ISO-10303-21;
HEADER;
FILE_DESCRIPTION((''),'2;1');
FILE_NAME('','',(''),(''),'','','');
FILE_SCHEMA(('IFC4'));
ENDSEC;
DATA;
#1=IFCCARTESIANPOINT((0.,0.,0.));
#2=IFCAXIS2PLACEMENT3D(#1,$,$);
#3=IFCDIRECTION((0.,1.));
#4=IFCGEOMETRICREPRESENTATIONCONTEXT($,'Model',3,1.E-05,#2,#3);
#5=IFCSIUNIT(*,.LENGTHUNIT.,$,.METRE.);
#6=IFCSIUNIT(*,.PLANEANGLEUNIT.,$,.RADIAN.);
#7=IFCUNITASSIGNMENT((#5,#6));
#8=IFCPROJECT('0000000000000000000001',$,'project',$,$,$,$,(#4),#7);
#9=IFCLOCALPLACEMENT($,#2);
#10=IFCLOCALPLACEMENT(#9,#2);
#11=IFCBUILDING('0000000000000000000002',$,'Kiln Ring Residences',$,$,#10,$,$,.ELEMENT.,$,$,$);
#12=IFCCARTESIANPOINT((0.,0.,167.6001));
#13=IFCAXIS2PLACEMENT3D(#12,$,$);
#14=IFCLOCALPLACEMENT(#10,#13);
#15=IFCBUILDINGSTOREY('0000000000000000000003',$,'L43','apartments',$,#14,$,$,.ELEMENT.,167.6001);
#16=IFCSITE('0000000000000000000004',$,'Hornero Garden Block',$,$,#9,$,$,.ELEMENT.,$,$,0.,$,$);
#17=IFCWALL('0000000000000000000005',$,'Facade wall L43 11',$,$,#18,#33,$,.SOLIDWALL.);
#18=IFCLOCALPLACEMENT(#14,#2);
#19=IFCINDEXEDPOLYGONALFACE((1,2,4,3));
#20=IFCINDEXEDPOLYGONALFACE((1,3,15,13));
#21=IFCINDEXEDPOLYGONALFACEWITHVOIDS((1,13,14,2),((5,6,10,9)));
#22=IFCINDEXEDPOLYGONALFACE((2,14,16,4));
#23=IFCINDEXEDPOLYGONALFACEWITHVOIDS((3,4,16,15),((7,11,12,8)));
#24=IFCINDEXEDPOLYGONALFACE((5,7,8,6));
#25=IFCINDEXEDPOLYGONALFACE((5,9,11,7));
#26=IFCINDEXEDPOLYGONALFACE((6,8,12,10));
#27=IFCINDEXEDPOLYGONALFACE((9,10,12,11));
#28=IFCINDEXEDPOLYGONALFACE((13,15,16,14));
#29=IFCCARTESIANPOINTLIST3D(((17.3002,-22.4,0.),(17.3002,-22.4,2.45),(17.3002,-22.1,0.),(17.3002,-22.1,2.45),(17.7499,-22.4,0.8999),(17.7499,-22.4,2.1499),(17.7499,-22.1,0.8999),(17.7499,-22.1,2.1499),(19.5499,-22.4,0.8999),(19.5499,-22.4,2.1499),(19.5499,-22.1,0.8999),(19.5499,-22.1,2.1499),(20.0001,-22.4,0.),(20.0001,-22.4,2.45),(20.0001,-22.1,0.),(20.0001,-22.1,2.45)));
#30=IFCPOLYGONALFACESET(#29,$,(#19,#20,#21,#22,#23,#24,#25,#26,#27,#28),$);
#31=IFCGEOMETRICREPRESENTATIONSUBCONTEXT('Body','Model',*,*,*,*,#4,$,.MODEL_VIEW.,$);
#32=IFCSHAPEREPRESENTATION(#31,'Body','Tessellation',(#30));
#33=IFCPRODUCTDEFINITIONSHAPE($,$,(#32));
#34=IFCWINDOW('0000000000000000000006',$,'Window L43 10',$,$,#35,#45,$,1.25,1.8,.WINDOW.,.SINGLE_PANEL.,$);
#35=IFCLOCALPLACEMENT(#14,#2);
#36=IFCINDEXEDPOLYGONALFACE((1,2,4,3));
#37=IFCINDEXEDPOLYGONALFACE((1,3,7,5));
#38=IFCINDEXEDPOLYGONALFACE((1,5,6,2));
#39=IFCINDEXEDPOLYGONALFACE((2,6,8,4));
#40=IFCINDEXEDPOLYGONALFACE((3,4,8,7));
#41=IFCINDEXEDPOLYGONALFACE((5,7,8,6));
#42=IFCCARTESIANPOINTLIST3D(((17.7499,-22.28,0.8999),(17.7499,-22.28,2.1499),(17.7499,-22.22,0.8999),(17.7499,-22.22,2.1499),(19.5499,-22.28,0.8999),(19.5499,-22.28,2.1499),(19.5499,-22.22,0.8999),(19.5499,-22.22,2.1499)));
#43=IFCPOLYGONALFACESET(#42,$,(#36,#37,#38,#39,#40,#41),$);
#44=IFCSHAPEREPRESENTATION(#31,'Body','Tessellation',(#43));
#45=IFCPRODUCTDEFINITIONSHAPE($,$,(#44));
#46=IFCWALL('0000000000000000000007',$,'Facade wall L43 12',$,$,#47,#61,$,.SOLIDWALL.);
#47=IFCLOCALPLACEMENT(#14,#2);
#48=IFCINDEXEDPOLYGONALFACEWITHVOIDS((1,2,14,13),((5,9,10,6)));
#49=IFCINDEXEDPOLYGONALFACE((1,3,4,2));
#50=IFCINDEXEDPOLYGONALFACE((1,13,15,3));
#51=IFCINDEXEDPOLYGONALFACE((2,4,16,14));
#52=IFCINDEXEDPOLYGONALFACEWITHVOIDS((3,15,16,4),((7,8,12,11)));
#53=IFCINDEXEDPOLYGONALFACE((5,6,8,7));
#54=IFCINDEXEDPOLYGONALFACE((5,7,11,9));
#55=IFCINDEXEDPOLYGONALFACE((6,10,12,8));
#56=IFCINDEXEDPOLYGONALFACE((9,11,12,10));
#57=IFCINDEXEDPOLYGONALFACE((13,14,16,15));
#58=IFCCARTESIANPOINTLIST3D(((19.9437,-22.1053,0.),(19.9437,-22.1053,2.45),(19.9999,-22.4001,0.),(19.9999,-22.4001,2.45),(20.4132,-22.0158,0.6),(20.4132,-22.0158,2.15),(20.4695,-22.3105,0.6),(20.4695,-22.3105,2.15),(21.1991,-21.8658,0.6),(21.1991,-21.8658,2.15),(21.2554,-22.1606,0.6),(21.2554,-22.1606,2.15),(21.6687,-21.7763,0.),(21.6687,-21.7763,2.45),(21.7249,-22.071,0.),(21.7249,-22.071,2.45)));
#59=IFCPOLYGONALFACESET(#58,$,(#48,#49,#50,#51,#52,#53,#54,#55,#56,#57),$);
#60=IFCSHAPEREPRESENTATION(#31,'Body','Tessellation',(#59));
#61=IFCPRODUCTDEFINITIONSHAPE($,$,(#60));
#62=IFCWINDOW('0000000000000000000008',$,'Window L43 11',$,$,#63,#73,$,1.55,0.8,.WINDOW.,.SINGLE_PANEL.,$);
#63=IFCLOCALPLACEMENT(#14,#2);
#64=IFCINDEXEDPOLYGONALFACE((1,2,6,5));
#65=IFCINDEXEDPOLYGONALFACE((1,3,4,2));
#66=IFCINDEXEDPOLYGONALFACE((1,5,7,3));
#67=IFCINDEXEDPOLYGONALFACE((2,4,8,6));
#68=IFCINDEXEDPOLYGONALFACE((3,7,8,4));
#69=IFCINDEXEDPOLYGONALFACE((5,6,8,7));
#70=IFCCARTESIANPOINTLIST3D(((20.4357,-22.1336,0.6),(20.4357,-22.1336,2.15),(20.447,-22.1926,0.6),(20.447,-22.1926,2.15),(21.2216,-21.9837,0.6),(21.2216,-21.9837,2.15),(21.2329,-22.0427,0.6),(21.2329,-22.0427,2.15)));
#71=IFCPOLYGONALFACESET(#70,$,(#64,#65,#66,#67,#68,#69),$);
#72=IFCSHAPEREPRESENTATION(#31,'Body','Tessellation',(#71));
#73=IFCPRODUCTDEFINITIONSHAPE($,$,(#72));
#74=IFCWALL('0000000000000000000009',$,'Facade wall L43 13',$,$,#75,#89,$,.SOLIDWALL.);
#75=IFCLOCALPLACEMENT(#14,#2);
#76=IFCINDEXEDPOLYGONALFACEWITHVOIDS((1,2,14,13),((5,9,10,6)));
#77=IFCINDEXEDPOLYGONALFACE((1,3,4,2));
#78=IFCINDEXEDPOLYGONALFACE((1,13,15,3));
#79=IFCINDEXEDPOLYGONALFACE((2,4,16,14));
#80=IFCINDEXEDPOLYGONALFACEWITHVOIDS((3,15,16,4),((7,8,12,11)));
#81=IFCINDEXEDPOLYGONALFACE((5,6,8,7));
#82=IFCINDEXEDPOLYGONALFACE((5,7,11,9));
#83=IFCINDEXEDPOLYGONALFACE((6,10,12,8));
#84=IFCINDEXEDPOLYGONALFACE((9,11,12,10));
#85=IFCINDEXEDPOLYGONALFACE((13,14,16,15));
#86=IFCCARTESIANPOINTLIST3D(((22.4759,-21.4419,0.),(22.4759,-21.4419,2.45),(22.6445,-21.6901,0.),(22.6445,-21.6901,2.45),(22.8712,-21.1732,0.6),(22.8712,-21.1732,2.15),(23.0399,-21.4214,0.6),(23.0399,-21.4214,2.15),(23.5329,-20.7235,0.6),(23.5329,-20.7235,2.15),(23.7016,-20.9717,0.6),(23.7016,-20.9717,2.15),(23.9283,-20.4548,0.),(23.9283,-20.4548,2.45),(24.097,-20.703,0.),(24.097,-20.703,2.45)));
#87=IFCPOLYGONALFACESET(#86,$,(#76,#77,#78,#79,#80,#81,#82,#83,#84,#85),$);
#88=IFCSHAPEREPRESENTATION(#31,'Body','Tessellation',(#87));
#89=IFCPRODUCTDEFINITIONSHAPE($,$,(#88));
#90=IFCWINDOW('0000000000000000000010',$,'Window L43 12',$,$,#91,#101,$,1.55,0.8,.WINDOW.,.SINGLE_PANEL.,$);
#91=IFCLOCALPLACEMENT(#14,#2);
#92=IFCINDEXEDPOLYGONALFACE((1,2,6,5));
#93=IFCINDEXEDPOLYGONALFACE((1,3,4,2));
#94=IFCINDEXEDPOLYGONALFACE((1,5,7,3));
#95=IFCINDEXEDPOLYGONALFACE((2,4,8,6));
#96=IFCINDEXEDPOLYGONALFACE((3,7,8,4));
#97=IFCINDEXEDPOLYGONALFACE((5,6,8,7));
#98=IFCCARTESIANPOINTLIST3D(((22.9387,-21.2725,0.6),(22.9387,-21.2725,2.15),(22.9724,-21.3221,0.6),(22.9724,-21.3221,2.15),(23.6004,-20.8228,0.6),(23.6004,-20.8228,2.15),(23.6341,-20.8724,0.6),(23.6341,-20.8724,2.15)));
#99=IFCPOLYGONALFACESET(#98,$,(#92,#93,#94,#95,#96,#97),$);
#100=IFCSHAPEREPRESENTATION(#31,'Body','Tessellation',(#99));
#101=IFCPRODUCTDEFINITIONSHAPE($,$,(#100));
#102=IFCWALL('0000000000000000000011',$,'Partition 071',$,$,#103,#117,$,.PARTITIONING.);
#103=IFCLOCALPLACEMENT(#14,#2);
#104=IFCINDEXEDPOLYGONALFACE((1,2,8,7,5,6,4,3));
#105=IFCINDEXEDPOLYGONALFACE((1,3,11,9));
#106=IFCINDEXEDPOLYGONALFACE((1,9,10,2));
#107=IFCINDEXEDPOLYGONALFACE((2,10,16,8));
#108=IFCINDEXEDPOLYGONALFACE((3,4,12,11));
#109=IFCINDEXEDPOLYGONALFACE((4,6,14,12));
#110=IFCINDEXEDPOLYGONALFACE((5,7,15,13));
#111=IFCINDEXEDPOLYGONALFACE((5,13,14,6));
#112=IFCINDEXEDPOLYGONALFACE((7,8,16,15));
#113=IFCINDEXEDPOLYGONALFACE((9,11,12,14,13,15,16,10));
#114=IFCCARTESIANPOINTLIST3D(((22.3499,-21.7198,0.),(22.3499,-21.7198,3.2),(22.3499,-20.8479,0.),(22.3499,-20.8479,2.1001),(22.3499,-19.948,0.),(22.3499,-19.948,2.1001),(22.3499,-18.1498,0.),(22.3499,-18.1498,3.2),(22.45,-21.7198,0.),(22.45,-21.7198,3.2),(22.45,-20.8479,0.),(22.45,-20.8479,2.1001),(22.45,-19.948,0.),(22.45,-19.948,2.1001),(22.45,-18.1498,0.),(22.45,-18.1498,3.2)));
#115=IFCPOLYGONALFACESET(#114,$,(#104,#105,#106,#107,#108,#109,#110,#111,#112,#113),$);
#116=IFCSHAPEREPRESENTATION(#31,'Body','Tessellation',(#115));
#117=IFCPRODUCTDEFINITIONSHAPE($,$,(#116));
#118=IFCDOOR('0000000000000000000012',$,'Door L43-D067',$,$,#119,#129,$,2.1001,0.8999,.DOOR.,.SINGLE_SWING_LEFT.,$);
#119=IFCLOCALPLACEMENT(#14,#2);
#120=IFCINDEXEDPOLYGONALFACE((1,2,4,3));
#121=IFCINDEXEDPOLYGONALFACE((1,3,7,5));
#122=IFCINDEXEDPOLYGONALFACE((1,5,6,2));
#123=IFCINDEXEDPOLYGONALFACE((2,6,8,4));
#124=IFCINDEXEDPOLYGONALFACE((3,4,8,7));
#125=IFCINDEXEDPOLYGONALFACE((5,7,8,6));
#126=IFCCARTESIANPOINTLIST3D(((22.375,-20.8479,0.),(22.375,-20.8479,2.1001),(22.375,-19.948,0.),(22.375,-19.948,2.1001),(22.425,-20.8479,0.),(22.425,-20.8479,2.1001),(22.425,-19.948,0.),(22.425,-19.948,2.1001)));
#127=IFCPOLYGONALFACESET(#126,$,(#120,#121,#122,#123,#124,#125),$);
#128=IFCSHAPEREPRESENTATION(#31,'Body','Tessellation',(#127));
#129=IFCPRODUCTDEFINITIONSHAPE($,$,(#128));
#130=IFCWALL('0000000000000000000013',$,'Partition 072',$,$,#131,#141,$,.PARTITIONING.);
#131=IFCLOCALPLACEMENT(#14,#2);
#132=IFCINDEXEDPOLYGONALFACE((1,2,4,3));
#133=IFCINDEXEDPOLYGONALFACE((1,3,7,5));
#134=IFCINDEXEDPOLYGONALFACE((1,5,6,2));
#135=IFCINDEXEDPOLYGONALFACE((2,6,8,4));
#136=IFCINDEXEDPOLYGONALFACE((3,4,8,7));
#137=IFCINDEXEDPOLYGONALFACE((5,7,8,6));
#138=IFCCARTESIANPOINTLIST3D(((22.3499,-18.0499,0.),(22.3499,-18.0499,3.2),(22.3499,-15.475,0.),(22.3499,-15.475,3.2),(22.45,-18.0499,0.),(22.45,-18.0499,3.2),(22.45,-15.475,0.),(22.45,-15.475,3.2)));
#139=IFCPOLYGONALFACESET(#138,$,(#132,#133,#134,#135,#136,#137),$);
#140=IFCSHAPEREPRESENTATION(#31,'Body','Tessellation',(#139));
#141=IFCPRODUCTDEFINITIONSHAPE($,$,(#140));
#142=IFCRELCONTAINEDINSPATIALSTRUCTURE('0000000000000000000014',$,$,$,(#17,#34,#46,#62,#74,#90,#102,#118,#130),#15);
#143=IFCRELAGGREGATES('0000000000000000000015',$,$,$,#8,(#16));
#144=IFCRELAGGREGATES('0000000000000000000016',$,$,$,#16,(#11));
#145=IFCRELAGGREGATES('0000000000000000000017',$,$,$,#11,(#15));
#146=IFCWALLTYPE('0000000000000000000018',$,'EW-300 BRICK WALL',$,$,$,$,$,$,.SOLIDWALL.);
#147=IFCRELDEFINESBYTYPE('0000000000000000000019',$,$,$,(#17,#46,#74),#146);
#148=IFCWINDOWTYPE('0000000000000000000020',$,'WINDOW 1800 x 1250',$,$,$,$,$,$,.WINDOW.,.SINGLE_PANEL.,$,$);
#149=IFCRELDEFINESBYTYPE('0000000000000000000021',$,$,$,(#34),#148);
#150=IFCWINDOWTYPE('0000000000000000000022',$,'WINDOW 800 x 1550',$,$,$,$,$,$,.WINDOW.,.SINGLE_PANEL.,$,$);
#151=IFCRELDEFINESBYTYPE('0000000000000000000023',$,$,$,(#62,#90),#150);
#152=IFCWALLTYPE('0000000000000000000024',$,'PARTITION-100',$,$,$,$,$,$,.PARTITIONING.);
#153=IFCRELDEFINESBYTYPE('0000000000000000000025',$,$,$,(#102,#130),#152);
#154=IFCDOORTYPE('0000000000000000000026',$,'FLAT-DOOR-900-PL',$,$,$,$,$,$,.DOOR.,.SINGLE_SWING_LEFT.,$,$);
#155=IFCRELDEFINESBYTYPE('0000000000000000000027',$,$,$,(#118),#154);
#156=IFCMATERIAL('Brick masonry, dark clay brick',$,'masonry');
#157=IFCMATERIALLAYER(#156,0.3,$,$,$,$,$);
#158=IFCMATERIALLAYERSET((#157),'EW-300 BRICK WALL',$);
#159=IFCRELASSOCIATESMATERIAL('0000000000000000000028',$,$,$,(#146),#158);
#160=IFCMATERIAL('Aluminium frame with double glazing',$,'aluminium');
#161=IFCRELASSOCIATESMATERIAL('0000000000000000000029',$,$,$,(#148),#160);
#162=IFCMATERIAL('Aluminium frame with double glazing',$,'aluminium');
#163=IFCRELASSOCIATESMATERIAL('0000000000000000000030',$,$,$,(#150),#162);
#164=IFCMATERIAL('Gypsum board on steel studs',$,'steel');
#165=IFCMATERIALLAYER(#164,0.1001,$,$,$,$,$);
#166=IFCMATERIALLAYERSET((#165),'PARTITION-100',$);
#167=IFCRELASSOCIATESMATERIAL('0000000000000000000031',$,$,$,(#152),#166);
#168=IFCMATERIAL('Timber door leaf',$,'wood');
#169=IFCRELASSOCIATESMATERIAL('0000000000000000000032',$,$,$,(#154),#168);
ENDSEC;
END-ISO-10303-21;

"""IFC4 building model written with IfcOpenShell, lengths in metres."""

from ifc_helpers import new_model, si_unit, direction, frame, frame_2d, origin, place, context, subcontext, project, spatial, rectangle, extrude, material, layer, layer_set, type_object, element, fill, save


model = new_model("IFC4")

# Units and contexts
model_context = context("Model", 3, precision=1e-05, world=origin(), true_north=direction((0.0, 1.0)))
body_context = subcontext(model_context, "Body", "Model", "MODEL_VIEW")
ifc_project = project(units=[si_unit("LENGTHUNIT", "METRE"), si_unit("PLANEANGLEUNIT", "RADIAN")], contexts=[model_context])

# Site, building, storey
site_placement = place(None, origin())
site = spatial("IfcSite", under=ifc_project, at=site_placement, Name="Hornero Garden Block", CompositionType="ELEMENT", RefElevation=0.0)
building_placement = place(site_placement, origin())
building = spatial("IfcBuilding", under=site, at=building_placement, Name="Kiln Ring Residences", CompositionType="ELEMENT")
storey_placement = place(building_placement, frame((0.0, 0.0, 167.6001)))
storey = spatial("IfcBuildingStorey", under=building, at=storey_placement, Name="L43", Description="apartments", CompositionType="ELEMENT", Elevation=167.6001)

# Walls, openings, windows
ifc_material_1 = material(Name="Brick masonry, dark clay brick", Category="masonry")
ifc_layer_1 = layer(ifc_material_1, 0.3)
ifc_layer_set_1 = layer_set([ifc_layer_1], Name="EW-300 BRICK WALL")
wall_type_1 = type_object("IfcWallType", Name="EW-300 BRICK WALL", PredefinedType="SOLIDWALL", material=ifc_layer_set_1)
wall_1_placement = place(storey_placement, frame((17.3, -22.25, 0.0), z_axis=(0.0, 0.0, 1.0), x_axis=(1.0, 0.0, 0.0)))
wall_1 = element("IfcWall", 1, at=wall_1_placement, inside=storey, type_object=wall_type_1, Name="Facade wall L43 11", PredefinedType="SOLIDWALL", context=body_context, shape_type="SweptSolid", body=[
    extrude(rectangle(XDim=2.7, YDim=0.3, at=frame_2d((1.3501, 0.0))), origin(), (0.0, 0.0, 1.0), 2.45),
])
opening_1_placement = place(wall_1_placement, frame((0.45, 0.0, 0.8999)))
opening_1 = element("IfcOpeningElement", 2, at=opening_1_placement, cuts=wall_1, PredefinedType="OPENING", context=body_context, shape_type="SweptSolid", body=[
    extrude(rectangle(XDim=1.8, YDim=1.25, at=frame_2d((0.8999, 0.625))), frame((0.0, 0.1599, 0.0), z_axis=(0.0, -1.0, 0.0), x_axis=(1.0, 0.0, 0.0)), (0.0, 0.0, 1.0), 0.3201),
])
ifc_material_2 = material(Name="Aluminium frame with double glazing", Category="aluminium")
window_type_1 = type_object("IfcWindowType", Name="WINDOW 1800 x 1250", PartitioningType="SINGLE_PANEL", PredefinedType="WINDOW", material=ifc_material_2)
window_1_placement = place(opening_1_placement, origin())
window_1 = element("IfcWindow", 3, at=window_1_placement, inside=storey, type_object=window_type_1, Name="Window L43 10", OverallHeight=1.25, OverallWidth=1.8, PartitioningType="SINGLE_PANEL", PredefinedType="WINDOW", context=body_context, shape_type="SweptSolid", body=[
    extrude(rectangle(XDim=1.8, YDim=1.25, at=frame_2d((0.8999, 0.625))), frame((0.0, 0.03, 0.0), z_axis=(0.0, -1.0, 0.0), x_axis=(1.0, 0.0, 0.0)), (0.0, 0.0, 1.0), 0.0601),
])
fill(opening_1, window_1)
wall_2_placement = place(storey_placement, frame((19.9719, -22.2527, 0.0), z_axis=(0.0, 0.0, 1.0), x_axis=(0.982285, 0.187393, 0.0)))
wall_2 = element("IfcWall", 4, at=wall_2_placement, inside=storey, type_object=wall_type_1, Name="Facade wall L43 12", PredefinedType="SOLIDWALL", context=body_context, shape_type="SweptSolid", body=[
    extrude(rectangle(XDim=1.7561, YDim=0.3, at=frame_2d((0.8779, 0.0))), origin(), (0.0, 0.0, 1.0), 2.45),
])
opening_2_placement = place(wall_2_placement, frame((0.478, 0.0, 0.6001)))
opening_2 = element("IfcOpeningElement", 5, at=opening_2_placement, cuts=wall_2, PredefinedType="OPENING", context=body_context, shape_type="SweptSolid", body=[
    extrude(rectangle(XDim=0.8, YDim=1.55, at=frame_2d((0.3999, 0.7749))), frame((0.0, 0.1599, 0.0), z_axis=(0.0, -1.0, 0.0), x_axis=(1.0, 0.0, 0.0)), (0.0, 0.0, 1.0), 0.3201),
])
ifc_material_3 = material(Name="Aluminium frame with double glazing", Category="aluminium")
window_type_2 = type_object("IfcWindowType", Name="WINDOW 800 x 1550", PartitioningType="SINGLE_PANEL", PredefinedType="WINDOW", material=ifc_material_3)
window_2_placement = place(opening_2_placement, origin())
window_2 = element("IfcWindow", 6, at=window_2_placement, inside=storey, type_object=window_type_2, Name="Window L43 11", OverallHeight=1.55, OverallWidth=0.8, PartitioningType="SINGLE_PANEL", PredefinedType="WINDOW", context=body_context, shape_type="SweptSolid", body=[
    extrude(rectangle(XDim=0.8, YDim=1.55, at=frame_2d((0.3999, 0.7749))), frame((0.0, 0.03, 0.0), z_axis=(0.0, -1.0, 0.0), x_axis=(1.0, 0.0, 0.0)), (0.0, 0.0, 1.0), 0.0601),
])
fill(opening_2, window_2)
wall_3_placement = place(storey_placement, frame((22.5603, -21.5659, 0.0), z_axis=(0.0, 0.0, 1.0), x_axis=(0.827076, 0.562089, 0.0)))
wall_3 = element("IfcWall", 7, at=wall_3_placement, inside=storey, type_object=wall_type_1, Name="Facade wall L43 13", PredefinedType="SOLIDWALL", context=body_context, shape_type="SweptSolid", body=[
    extrude(rectangle(XDim=1.7561, YDim=0.3, at=frame_2d((0.8779, 0.0))), origin(), (0.0, 0.0, 1.0), 2.45),
])
opening_3_placement = place(wall_3_placement, frame((0.478, 0.0, 0.6001)))
opening_3 = element("IfcOpeningElement", 8, at=opening_3_placement, cuts=wall_3, PredefinedType="OPENING", context=body_context, shape_type="SweptSolid", body=[
    extrude(rectangle(XDim=0.8, YDim=1.55, at=frame_2d((0.3999, 0.7749))), frame((0.0, 0.1599, 0.0), z_axis=(0.0, -1.0, 0.0), x_axis=(1.0, 0.0, 0.0)), (0.0, 0.0, 1.0), 0.3201),
])
window_3_placement = place(opening_3_placement, origin())
window_3 = element("IfcWindow", 9, at=window_3_placement, inside=storey, type_object=window_type_2, Name="Window L43 12", OverallHeight=1.55, OverallWidth=0.8, PartitioningType="SINGLE_PANEL", PredefinedType="WINDOW", context=body_context, shape_type="SweptSolid", body=[
    extrude(rectangle(XDim=0.8, YDim=1.55, at=frame_2d((0.3999, 0.7749))), frame((0.0, 0.03, 0.0), z_axis=(0.0, -1.0, 0.0), x_axis=(1.0, 0.0, 0.0)), (0.0, 0.0, 1.0), 0.0601),
])
fill(opening_3, window_3)

# Wall, opening, door
ifc_material_4 = material(Name="Gypsum board on steel studs", Category="steel")
ifc_layer_2 = layer(ifc_material_4, 0.1001)
ifc_layer_set_2 = layer_set([ifc_layer_2], Name="PARTITION-100")
wall_type_2 = type_object("IfcWallType", Name="PARTITION-100", PredefinedType="PARTITIONING", material=ifc_layer_set_2)
wall_4_placement = place(storey_placement, frame((22.3999, -21.72, 0.0), z_axis=(0.0, 0.0, 1.0), x_axis=(0.0, 1.0, 0.0)))
wall_4 = element("IfcWall", 10, at=wall_4_placement, inside=storey, type_object=wall_type_2, Name="Partition 071", PredefinedType="PARTITIONING", context=body_context, shape_type="SweptSolid", body=[
    extrude(rectangle(XDim=3.5701, YDim=0.1001, at=frame_2d((1.7852, 0.0))), origin(), (0.0, 0.0, 1.0), 3.2),
])
opening_4_placement = place(wall_4_placement, frame((0.8721, 0.0, 0.0)))
opening_4 = element("IfcOpeningElement", 11, at=opening_4_placement, cuts=wall_4, PredefinedType="OPENING", context=body_context, shape_type="SweptSolid", body=[
    extrude(rectangle(XDim=0.8999, YDim=2.1001, at=frame_2d((0.45, 1.05))), frame((0.0, 0.0601, 0.0), z_axis=(0.0, -1.0, 0.0), x_axis=(1.0, 0.0, 0.0)), (0.0, 0.0, 1.0), 0.1201),
])
ifc_material_5 = material(Name="Timber door leaf", Category="wood")
door_type_1 = type_object("IfcDoorType", Name="FLAT-DOOR-900-PL", OperationType="SINGLE_SWING_LEFT", PredefinedType="DOOR", material=ifc_material_5)
door_1_placement = place(opening_4_placement, origin())
door_1 = element("IfcDoor", 12, at=door_1_placement, inside=storey, type_object=door_type_1, Name="Door L43-D067", OperationType="SINGLE_SWING_LEFT", OverallHeight=2.1001, OverallWidth=0.8999, PredefinedType="DOOR", context=body_context, shape_type="SweptSolid", body=[
    extrude(rectangle(XDim=0.8999, YDim=2.1001, at=frame_2d((0.45, 1.05))), frame((0.0, 0.0249, 0.0), z_axis=(0.0, -1.0, 0.0), x_axis=(1.0, 0.0, 0.0)), (0.0, 0.0, 1.0), 0.05),
])
fill(opening_4, door_1)

# Wall
wall_5_placement = place(storey_placement, frame((22.3999, -18.05, 0.0), z_axis=(0.0, 0.0, 1.0), x_axis=(0.0, 1.0, 0.0)))
element("IfcWall", 13, at=wall_5_placement, inside=storey, type_object=wall_type_2, Name="Partition 072", PredefinedType="PARTITIONING", context=body_context, shape_type="SweptSolid", body=[
    extrude(rectangle(XDim=2.575, YDim=0.1001, at=frame_2d((1.2876, 0.0))), origin(), (0.0, 0.0, 1.0), 3.2),
])

save(model, "model.ifc")
